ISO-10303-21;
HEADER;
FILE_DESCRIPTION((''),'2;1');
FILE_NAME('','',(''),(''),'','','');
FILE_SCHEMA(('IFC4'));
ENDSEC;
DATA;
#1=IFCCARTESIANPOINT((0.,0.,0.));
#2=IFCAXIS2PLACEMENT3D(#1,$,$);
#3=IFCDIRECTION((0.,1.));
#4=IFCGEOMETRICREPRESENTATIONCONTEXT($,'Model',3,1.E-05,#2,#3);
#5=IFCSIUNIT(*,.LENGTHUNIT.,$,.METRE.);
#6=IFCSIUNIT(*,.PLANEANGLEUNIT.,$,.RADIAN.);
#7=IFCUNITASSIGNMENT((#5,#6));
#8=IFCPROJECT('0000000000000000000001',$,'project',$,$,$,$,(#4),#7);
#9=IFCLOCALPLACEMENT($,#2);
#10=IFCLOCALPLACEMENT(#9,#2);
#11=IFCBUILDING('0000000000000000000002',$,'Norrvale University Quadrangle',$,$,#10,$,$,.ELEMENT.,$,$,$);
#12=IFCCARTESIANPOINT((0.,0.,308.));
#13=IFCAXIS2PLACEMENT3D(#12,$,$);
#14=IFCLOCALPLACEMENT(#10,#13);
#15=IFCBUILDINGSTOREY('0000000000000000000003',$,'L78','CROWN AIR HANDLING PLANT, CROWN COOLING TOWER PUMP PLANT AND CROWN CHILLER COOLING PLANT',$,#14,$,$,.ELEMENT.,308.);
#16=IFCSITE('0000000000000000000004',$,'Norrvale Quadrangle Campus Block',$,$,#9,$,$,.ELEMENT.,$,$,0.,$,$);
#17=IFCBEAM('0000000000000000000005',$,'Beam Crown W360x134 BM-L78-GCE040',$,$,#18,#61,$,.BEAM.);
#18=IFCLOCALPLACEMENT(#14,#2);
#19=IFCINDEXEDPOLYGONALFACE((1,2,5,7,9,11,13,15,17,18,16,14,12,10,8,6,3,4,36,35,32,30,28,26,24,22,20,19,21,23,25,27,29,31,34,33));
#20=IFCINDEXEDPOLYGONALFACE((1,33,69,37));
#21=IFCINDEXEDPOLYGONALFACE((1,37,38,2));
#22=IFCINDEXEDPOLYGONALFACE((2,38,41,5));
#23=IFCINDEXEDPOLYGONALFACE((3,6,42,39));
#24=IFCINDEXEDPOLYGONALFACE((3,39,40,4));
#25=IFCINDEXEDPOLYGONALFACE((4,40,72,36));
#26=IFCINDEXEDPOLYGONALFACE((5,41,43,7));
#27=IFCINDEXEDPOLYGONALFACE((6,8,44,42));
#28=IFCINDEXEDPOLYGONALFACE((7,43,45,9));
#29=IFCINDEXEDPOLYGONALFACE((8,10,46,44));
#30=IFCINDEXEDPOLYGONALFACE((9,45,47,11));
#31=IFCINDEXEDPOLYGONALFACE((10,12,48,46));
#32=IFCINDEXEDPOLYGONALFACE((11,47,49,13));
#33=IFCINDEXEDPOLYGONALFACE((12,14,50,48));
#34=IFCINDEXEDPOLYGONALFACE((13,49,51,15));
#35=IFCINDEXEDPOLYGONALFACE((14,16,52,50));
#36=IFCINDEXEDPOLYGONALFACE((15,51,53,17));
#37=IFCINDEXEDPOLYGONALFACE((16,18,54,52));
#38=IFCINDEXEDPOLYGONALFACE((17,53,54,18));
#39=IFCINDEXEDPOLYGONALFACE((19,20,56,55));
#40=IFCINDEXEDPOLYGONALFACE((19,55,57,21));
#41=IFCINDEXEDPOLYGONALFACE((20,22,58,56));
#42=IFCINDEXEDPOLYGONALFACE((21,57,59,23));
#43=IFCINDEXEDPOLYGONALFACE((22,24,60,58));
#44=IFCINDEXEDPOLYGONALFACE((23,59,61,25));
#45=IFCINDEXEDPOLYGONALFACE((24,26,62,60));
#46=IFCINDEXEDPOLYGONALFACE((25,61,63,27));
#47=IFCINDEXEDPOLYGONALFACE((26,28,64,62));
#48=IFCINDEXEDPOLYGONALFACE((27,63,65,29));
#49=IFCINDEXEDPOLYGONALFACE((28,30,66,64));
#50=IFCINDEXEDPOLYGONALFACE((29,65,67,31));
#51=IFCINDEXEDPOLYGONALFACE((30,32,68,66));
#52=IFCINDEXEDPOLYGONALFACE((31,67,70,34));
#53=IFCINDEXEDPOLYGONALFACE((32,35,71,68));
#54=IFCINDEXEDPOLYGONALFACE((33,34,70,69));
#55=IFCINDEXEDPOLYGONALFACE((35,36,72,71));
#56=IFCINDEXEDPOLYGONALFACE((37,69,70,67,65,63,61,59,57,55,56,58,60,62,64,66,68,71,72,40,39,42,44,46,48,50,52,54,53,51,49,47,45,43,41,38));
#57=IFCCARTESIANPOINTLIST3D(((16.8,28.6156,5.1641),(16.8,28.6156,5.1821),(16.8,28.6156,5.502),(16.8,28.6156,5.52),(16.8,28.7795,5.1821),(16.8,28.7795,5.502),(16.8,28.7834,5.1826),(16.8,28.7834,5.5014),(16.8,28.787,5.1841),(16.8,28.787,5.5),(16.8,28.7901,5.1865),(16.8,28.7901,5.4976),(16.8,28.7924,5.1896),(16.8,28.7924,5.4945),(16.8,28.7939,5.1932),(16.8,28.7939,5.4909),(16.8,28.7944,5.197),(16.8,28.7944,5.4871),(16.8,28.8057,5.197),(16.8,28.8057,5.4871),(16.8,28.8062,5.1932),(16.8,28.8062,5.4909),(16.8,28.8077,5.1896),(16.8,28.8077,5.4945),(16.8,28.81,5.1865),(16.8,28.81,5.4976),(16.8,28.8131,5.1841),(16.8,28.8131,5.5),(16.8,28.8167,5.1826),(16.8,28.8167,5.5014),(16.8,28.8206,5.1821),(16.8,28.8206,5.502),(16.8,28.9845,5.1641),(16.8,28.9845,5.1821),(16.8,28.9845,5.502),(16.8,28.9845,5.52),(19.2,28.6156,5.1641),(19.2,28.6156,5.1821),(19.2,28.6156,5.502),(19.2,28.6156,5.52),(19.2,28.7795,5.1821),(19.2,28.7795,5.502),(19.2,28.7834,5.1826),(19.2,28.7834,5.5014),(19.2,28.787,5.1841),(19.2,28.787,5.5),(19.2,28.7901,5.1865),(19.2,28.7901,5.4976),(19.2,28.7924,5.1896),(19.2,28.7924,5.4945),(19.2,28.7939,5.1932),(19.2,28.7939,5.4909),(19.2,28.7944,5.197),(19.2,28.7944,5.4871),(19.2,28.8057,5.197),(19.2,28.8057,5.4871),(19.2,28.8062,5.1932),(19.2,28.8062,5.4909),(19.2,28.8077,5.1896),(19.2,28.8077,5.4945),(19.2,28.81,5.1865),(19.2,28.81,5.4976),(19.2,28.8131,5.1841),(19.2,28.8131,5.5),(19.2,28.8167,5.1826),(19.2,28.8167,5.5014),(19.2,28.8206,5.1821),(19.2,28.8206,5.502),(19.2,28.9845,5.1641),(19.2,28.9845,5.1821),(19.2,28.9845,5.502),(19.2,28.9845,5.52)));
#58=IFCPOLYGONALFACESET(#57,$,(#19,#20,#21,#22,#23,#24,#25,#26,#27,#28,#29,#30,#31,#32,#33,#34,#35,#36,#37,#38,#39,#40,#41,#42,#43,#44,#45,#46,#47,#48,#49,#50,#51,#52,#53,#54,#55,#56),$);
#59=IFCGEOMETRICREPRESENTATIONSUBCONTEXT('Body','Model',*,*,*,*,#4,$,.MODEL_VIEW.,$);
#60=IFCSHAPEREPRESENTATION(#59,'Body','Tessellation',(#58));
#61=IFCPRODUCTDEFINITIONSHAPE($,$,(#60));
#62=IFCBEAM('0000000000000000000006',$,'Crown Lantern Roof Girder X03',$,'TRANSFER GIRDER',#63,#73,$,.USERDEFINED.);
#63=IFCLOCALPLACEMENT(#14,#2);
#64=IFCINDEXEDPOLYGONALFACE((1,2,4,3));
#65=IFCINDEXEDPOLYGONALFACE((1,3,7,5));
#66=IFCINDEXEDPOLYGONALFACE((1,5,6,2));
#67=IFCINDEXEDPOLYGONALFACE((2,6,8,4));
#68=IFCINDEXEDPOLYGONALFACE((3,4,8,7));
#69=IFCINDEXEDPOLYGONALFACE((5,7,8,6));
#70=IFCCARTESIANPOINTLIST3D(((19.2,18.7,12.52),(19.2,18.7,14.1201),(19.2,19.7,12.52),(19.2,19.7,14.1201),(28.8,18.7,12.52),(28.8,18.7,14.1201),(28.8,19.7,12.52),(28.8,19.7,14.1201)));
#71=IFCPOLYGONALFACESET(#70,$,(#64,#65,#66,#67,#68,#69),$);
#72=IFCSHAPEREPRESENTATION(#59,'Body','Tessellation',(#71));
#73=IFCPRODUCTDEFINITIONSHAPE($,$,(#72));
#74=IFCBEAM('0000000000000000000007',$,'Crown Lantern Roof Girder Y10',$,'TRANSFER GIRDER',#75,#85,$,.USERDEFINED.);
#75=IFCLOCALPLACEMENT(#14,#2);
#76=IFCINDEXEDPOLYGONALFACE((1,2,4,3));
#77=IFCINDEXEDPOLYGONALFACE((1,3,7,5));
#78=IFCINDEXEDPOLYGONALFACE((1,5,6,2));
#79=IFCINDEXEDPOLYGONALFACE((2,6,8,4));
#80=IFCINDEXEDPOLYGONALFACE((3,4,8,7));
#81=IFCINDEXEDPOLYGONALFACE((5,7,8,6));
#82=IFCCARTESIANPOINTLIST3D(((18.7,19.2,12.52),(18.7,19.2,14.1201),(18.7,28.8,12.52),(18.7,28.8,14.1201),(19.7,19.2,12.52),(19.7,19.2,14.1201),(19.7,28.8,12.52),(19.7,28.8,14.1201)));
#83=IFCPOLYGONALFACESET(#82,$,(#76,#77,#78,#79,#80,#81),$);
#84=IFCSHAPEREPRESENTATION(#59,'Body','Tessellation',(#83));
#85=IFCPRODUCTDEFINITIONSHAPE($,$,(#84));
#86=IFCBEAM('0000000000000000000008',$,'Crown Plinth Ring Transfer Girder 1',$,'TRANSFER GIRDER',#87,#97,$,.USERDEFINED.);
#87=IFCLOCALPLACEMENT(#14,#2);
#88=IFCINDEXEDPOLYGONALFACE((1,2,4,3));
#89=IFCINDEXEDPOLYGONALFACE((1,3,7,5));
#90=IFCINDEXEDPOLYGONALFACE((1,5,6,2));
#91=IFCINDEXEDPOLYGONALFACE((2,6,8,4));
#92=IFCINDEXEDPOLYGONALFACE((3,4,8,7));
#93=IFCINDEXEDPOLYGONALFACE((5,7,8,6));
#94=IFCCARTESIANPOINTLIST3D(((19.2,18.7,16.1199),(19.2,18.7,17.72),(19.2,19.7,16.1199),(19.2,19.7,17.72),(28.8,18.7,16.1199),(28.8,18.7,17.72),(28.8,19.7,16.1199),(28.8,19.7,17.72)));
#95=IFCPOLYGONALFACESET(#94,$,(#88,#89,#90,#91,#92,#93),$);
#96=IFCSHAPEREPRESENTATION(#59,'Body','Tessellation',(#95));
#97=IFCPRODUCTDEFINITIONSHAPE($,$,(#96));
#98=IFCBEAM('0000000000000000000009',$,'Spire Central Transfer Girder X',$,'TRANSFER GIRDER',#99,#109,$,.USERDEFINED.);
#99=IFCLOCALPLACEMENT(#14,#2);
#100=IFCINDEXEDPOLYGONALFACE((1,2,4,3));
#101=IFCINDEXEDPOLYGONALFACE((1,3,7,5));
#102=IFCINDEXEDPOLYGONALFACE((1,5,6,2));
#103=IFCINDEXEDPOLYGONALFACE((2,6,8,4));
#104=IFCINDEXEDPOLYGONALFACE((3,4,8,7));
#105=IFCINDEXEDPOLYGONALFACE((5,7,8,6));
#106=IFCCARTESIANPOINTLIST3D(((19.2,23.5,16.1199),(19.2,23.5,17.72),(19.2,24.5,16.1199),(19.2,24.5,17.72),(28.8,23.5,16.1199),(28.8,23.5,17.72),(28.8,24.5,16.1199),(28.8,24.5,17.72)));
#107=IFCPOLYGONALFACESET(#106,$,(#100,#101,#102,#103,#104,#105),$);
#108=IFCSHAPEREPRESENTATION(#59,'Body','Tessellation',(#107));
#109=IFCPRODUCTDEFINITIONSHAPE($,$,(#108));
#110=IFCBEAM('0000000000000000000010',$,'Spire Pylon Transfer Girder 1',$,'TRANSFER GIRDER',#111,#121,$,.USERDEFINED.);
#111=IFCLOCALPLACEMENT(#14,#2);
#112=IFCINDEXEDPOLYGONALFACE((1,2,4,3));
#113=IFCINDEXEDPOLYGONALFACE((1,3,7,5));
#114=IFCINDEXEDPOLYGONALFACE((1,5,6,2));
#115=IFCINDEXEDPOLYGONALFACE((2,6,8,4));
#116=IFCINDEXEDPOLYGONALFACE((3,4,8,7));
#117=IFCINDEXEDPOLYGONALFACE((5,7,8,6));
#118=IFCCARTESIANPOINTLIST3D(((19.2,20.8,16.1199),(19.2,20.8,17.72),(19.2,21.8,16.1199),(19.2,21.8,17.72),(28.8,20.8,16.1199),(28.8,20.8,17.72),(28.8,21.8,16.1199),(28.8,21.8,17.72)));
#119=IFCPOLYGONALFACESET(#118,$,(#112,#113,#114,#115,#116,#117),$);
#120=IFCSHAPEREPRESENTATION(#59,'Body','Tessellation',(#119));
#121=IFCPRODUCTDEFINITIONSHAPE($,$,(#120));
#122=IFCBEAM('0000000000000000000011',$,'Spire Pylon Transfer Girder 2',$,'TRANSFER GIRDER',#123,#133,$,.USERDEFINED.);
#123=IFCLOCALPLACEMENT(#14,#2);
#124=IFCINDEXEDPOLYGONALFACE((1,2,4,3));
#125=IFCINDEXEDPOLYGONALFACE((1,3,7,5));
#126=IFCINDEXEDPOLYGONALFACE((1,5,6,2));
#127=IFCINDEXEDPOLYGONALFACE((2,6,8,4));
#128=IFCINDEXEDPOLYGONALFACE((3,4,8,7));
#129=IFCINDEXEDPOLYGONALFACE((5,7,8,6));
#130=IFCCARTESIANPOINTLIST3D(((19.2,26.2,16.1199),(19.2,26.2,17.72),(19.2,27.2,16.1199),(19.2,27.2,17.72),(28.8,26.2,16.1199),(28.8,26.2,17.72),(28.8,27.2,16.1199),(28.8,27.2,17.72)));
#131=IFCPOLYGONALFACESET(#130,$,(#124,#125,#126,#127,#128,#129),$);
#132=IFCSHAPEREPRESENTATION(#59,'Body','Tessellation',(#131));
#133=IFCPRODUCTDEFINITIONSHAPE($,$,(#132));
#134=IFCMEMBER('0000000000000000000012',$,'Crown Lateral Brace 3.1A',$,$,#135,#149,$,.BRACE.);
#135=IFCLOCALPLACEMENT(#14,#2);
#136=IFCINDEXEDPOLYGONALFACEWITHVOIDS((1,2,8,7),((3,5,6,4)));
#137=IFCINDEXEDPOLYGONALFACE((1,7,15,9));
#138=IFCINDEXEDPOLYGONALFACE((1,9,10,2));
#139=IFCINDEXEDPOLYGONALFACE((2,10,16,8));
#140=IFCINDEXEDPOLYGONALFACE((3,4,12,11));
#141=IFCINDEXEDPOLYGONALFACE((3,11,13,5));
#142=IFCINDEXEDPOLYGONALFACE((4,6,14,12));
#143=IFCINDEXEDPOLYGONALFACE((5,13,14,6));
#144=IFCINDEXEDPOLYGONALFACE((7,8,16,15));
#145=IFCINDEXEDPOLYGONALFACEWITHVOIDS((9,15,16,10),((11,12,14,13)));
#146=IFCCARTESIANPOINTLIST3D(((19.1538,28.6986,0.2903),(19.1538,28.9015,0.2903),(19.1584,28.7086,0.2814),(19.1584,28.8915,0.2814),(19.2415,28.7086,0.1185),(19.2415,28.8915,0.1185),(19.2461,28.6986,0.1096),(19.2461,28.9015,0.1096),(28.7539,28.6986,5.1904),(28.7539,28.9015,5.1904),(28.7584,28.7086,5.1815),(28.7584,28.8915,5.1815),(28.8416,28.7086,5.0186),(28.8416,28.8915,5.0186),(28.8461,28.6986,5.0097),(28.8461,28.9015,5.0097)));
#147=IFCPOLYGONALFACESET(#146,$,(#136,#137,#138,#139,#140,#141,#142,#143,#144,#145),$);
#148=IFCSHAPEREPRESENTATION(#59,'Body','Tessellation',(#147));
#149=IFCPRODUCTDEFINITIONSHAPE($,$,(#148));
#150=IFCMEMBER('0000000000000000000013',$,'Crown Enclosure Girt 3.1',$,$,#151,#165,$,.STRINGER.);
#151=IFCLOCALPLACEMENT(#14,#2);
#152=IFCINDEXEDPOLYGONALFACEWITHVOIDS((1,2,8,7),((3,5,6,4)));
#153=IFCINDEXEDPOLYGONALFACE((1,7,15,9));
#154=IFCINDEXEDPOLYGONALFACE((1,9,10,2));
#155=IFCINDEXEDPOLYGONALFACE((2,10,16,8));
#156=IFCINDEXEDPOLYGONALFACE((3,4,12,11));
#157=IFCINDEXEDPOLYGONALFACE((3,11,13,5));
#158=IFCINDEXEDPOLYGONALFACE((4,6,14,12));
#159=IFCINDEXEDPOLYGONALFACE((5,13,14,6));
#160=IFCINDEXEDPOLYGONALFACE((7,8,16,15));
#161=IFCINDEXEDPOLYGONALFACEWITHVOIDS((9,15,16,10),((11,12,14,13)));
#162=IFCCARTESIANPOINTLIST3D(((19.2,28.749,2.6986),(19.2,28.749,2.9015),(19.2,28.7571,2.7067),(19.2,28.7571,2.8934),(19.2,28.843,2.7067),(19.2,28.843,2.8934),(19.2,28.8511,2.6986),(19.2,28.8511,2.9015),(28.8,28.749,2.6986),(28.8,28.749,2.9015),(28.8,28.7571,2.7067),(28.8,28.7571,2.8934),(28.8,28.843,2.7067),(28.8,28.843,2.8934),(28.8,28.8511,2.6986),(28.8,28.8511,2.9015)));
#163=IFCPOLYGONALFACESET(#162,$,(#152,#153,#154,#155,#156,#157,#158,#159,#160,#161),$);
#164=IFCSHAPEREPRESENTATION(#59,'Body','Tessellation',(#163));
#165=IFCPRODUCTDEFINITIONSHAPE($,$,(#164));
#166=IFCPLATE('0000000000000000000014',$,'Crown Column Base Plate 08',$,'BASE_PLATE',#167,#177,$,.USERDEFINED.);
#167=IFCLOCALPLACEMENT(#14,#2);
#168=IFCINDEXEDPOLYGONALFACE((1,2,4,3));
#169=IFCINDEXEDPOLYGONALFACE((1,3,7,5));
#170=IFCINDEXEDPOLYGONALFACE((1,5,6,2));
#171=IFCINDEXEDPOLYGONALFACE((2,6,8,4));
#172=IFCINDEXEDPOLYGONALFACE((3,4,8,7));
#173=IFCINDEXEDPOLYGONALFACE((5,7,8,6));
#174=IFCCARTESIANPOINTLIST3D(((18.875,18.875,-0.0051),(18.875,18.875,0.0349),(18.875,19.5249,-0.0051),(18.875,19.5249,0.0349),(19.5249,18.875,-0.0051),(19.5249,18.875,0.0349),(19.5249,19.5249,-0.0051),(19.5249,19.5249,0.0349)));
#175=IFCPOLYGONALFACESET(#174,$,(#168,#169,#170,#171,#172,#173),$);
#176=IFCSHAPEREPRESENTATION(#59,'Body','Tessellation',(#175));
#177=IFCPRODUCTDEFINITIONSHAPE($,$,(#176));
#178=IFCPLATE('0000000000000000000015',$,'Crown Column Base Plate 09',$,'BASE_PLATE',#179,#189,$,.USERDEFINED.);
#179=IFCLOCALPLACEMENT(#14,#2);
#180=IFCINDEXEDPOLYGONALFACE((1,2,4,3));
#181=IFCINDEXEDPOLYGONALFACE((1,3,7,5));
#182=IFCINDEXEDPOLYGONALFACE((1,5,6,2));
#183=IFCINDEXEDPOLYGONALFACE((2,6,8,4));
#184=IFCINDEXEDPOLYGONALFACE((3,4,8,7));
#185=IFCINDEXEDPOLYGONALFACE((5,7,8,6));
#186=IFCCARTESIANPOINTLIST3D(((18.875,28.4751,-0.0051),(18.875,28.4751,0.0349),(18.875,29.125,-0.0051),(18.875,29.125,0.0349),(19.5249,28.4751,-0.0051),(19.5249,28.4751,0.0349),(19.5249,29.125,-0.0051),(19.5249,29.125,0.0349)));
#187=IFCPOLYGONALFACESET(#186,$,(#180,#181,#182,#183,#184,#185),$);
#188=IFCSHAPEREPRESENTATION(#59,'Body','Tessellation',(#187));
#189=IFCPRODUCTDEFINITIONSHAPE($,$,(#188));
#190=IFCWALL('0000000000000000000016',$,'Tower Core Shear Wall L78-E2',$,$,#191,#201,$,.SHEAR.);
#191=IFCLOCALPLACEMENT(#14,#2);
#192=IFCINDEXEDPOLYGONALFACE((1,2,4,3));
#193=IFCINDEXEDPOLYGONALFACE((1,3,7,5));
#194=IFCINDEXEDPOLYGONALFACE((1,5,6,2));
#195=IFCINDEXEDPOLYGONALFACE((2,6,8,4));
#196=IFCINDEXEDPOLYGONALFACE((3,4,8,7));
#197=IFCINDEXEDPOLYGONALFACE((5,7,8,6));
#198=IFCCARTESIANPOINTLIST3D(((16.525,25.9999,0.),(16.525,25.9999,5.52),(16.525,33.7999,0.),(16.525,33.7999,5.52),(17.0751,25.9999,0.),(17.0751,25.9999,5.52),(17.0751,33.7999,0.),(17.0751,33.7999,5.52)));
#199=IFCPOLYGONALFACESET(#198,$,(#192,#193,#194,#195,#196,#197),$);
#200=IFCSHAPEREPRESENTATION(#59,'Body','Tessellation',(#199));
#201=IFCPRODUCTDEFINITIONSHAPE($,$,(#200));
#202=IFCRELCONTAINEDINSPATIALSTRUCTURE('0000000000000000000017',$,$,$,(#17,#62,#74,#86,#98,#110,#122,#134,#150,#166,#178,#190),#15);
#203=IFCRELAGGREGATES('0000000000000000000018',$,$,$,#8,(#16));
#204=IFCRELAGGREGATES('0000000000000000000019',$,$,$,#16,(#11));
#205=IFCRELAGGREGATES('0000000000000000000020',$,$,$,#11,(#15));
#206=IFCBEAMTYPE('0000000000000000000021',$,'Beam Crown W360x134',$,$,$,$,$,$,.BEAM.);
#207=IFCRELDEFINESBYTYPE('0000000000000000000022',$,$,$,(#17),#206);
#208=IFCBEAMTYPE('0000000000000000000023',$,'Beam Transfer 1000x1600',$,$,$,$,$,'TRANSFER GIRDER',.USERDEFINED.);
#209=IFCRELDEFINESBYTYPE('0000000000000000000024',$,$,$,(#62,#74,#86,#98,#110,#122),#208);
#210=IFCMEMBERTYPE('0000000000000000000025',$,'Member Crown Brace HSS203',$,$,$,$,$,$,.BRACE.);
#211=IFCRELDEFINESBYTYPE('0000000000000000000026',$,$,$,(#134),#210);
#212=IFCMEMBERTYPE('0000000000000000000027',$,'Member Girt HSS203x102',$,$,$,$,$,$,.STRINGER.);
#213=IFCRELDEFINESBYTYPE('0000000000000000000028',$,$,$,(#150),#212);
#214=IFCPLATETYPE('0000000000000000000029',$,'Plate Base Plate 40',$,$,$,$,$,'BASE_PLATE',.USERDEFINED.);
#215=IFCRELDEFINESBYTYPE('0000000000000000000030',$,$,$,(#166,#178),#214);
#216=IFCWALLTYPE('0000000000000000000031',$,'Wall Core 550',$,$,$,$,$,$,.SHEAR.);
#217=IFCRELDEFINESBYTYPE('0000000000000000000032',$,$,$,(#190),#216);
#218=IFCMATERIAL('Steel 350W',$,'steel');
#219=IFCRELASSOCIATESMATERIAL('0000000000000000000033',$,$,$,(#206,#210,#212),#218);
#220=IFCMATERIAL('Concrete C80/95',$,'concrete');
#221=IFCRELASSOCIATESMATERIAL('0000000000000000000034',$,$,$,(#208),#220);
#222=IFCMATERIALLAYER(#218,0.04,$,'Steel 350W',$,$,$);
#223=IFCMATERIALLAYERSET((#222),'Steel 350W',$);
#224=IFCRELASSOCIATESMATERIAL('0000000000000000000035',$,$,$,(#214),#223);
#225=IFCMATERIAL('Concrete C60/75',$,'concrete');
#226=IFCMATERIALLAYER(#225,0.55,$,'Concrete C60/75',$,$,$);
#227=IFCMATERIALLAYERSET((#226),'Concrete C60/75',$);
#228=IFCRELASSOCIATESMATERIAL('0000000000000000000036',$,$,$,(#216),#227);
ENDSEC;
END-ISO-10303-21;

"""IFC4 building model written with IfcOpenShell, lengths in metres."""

from ifc_helpers import new_model, si_unit, direction, frame, frame_2d, origin, origin_2d, place, context, subcontext, project, spatial, rectangle, hollow_rectangle, i_section, extrude, material, layer, layer_set, material_profile, profile_set, type_object, element, save


model = new_model("IFC4")

# Units and contexts
model_context = context("Model", 3, precision=1e-05, world=origin(), true_north=direction((0.0, 1.0)))
body_context = subcontext(model_context, "Body", "Model", "MODEL_VIEW")
ifc_project = project(units=[si_unit("LENGTHUNIT", "METRE"), si_unit("PLANEANGLEUNIT", "RADIAN")], contexts=[model_context])

# Site, building, storey
site_placement = place(None, origin())
site = spatial("IfcSite", under=ifc_project, at=site_placement, Name="Norrvale Quadrangle Campus Block", CompositionType="ELEMENT", RefElevation=0.0)
building_placement = place(site_placement, origin())
building = spatial("IfcBuilding", under=site, at=building_placement, Name="Norrvale University Quadrangle", CompositionType="ELEMENT")
storey_placement = place(building_placement, frame((0.0, 0.0, 308.0)))
storey = spatial("IfcBuildingStorey", under=building, at=storey_placement, Name="L78", Description="CROWN AIR HANDLING PLANT, CROWN COOLING TOWER PUMP PLANT AND CROWN CHILLER COOLING PLANT", CompositionType="ELEMENT", Elevation=308.0)

# Shared definitions
ifc_material_1 = material(Name="Steel 350W", Category="steel")

# Beams
ifc_material_2 = material(Name="Concrete C80/95", Category="concrete")
ifc_material_profile_1 = material_profile(ifc_material_1, i_section(OverallWidth=0.3689, OverallDepth=0.356, WebThickness=0.0112, FlangeThickness=0.0181, FilletRadius=0.0149, at=origin_2d()), Name="Steel 350W")
ifc_profile_set_1 = profile_set([ifc_material_profile_1], Name="Steel 350W")
beam_type_1 = type_object("IfcBeamType", Name="Beam Crown W360x134", PredefinedType="BEAM", material=ifc_profile_set_1)
beam_1_placement = place(storey_placement, frame((16.8, 28.8, 5.342), z_axis=(1.0, 0.0, 0.0), x_axis=(0.0, 1.0, 0.0)))
element("IfcBeam", 1, at=beam_1_placement, inside=storey, type_object=beam_type_1, Name="Beam Crown W360x134 BM-L78-GCE040", PredefinedType="BEAM", context=body_context, shape_type="SweptSolid", body=[
    extrude(i_section(OverallWidth=0.3689, OverallDepth=0.356, WebThickness=0.0112, FlangeThickness=0.0181, FilletRadius=0.0149, at=origin_2d()), origin(), (0.0, 0.0, 1.0), 2.3999),
])
ifc_material_profile_2 = material_profile(ifc_material_2, rectangle(XDim=1.0, YDim=1.6001, at=origin_2d()), Name="Concrete C80/95")
ifc_profile_set_2 = profile_set([ifc_material_profile_2], Name="Concrete C80/95")
beam_type_2 = type_object("IfcBeamType", Name="Beam Transfer 1000x1600", ElementType="TRANSFER GIRDER", PredefinedType="USERDEFINED", material=ifc_profile_set_2)
for number, where, z_axis, x_axis, name in (
    (2, (19.2, 19.2, 13.3201), (1.0, 0.0, 0.0), (0.0, 1.0, 0.0), "Crown Lantern Roof Girder X03"),
    (3, (19.2, 19.2, 13.3201), (0.0, 1.0, 0.0), (-1.0, 0.0, 0.0), "Crown Lantern Roof Girder Y10"),
    (4, (19.2, 19.2, 16.9199), (1.0, 0.0, 0.0), (0.0, 1.0, 0.0), "Crown Plinth Ring Transfer Girder 1"),
    (5, (19.2, 24.0, 16.9199), (1.0, 0.0, 0.0), (0.0, 1.0, 0.0), "Spire Central Transfer Girder X"),
    (6, (19.2, 21.3, 16.9199), (1.0, 0.0, 0.0), (0.0, 1.0, 0.0), "Spire Pylon Transfer Girder 1"),
    (7, (19.2, 26.7, 16.9199), (1.0, 0.0, 0.0), (0.0, 1.0, 0.0), "Spire Pylon Transfer Girder 2"),
):
    element("IfcBeam", number, at=place(storey_placement, frame(where, z_axis=z_axis, x_axis=x_axis)), inside=storey, type_object=beam_type_2, Name=name, ObjectType="TRANSFER GIRDER", PredefinedType="USERDEFINED", context=body_context, shape_type="SweptSolid", body=[
        extrude(rectangle(XDim=1.0, YDim=1.6001, at=origin_2d()), origin(), (0.0, 0.0, 1.0), 9.6001),
    ])

# Members
ifc_material_profile_3 = material_profile(ifc_material_1, hollow_rectangle(XDim=0.2029, YDim=0.2029, WallThickness=0.01, at=origin_2d()), Name="Steel 350W")
ifc_profile_set_3 = profile_set([ifc_material_profile_3], Name="Steel 350W")
member_type_1 = type_object("IfcMemberType", Name="Member Crown Brace HSS203", PredefinedType="BRACE", material=ifc_profile_set_3)
member_1_placement = place(storey_placement, frame((19.2, 28.8, 0.2), z_axis=(0.890682, 0.0, 0.454628), x_axis=(0.0, 1.0, 0.0)))
element("IfcMember", 8, at=member_1_placement, inside=storey, type_object=member_type_1, Name="Crown Lateral Brace 3.1A", PredefinedType="BRACE", context=body_context, shape_type="SweptSolid", body=[
    extrude(hollow_rectangle(XDim=0.2029, YDim=0.2029, WallThickness=0.01, at=origin_2d()), origin(), (0.0, 0.0, 1.0), 10.7783),
])
ifc_material_profile_4 = material_profile(ifc_material_1, hollow_rectangle(XDim=0.1021, YDim=0.2029, WallThickness=0.0081, at=origin_2d()), Name="Steel 350W")
ifc_profile_set_4 = profile_set([ifc_material_profile_4], Name="Steel 350W")
member_type_2 = type_object("IfcMemberType", Name="Member Girt HSS203x102", PredefinedType="STRINGER", material=ifc_profile_set_4)
member_2_placement = place(storey_placement, frame((19.2, 28.8, 2.8), z_axis=(1.0, 0.0, 0.0), x_axis=(0.0, 1.0, 0.0)))
element("IfcMember", 9, at=member_2_placement, inside=storey, type_object=member_type_2, Name="Crown Enclosure Girt 3.1", PredefinedType="STRINGER", context=body_context, shape_type="SweptSolid", body=[
    extrude(hollow_rectangle(XDim=0.1021, YDim=0.2029, WallThickness=0.0081, at=origin_2d()), origin(), (0.0, 0.0, 1.0), 9.6001),
])

# Plates
ifc_layer_1 = layer(ifc_material_1, 0.04, Name="Steel 350W")
ifc_layer_set_1 = layer_set([ifc_layer_1], Name="Steel 350W")
plate_type = type_object("IfcPlateType", Name="Plate Base Plate 40", ElementType="BASE_PLATE", PredefinedType="USERDEFINED", material=ifc_layer_set_1)
for number, where, z_axis, x_axis, name in (
    (10, (19.2, 19.2, -0.0051), (0.0, 0.0, 1.0), (1.0, 0.0, 0.0), "Crown Column Base Plate 08"),
    (11, (19.2, 28.8, -0.0051), (0.0, 0.0, 1.0), (1.0, 0.0, 0.0), "Crown Column Base Plate 09"),
):
    element("IfcPlate", number, at=place(storey_placement, frame(where, z_axis=z_axis, x_axis=x_axis)), inside=storey, type_object=plate_type, Name=name, ObjectType="BASE_PLATE", PredefinedType="USERDEFINED", context=body_context, shape_type="SweptSolid", body=[
        extrude(rectangle(XDim=0.6499, YDim=0.6499, at=origin_2d()), origin(), (0.0, 0.0, 1.0), 0.04),
    ])

# Wall
ifc_material_3 = material(Name="Concrete C60/75", Category="concrete")
ifc_layer_2 = layer(ifc_material_3, 0.55, Name="Concrete C60/75")
ifc_layer_set_2 = layer_set([ifc_layer_2], Name="Concrete C60/75")
wall_type_1 = type_object("IfcWallType", Name="Wall Core 550", PredefinedType="SHEAR", material=ifc_layer_set_2)
wall_1_placement = place(storey_placement, frame((16.8, 26.0, 0.0), z_axis=(0.0, 0.0, 1.0), x_axis=(0.0, 1.0, 0.0)))
element("IfcWall", 12, at=wall_1_placement, inside=storey, type_object=wall_type_1, Name="Tower Core Shear Wall L78-E2", PredefinedType="SHEAR", context=body_context, shape_type="SweptSolid", body=[
    extrude(rectangle(XDim=7.8, YDim=0.55, at=frame_2d((3.8999, 0.0))), origin(), (0.0, 0.0, 1.0), 5.52),
])

save(model, "model.ifc")
